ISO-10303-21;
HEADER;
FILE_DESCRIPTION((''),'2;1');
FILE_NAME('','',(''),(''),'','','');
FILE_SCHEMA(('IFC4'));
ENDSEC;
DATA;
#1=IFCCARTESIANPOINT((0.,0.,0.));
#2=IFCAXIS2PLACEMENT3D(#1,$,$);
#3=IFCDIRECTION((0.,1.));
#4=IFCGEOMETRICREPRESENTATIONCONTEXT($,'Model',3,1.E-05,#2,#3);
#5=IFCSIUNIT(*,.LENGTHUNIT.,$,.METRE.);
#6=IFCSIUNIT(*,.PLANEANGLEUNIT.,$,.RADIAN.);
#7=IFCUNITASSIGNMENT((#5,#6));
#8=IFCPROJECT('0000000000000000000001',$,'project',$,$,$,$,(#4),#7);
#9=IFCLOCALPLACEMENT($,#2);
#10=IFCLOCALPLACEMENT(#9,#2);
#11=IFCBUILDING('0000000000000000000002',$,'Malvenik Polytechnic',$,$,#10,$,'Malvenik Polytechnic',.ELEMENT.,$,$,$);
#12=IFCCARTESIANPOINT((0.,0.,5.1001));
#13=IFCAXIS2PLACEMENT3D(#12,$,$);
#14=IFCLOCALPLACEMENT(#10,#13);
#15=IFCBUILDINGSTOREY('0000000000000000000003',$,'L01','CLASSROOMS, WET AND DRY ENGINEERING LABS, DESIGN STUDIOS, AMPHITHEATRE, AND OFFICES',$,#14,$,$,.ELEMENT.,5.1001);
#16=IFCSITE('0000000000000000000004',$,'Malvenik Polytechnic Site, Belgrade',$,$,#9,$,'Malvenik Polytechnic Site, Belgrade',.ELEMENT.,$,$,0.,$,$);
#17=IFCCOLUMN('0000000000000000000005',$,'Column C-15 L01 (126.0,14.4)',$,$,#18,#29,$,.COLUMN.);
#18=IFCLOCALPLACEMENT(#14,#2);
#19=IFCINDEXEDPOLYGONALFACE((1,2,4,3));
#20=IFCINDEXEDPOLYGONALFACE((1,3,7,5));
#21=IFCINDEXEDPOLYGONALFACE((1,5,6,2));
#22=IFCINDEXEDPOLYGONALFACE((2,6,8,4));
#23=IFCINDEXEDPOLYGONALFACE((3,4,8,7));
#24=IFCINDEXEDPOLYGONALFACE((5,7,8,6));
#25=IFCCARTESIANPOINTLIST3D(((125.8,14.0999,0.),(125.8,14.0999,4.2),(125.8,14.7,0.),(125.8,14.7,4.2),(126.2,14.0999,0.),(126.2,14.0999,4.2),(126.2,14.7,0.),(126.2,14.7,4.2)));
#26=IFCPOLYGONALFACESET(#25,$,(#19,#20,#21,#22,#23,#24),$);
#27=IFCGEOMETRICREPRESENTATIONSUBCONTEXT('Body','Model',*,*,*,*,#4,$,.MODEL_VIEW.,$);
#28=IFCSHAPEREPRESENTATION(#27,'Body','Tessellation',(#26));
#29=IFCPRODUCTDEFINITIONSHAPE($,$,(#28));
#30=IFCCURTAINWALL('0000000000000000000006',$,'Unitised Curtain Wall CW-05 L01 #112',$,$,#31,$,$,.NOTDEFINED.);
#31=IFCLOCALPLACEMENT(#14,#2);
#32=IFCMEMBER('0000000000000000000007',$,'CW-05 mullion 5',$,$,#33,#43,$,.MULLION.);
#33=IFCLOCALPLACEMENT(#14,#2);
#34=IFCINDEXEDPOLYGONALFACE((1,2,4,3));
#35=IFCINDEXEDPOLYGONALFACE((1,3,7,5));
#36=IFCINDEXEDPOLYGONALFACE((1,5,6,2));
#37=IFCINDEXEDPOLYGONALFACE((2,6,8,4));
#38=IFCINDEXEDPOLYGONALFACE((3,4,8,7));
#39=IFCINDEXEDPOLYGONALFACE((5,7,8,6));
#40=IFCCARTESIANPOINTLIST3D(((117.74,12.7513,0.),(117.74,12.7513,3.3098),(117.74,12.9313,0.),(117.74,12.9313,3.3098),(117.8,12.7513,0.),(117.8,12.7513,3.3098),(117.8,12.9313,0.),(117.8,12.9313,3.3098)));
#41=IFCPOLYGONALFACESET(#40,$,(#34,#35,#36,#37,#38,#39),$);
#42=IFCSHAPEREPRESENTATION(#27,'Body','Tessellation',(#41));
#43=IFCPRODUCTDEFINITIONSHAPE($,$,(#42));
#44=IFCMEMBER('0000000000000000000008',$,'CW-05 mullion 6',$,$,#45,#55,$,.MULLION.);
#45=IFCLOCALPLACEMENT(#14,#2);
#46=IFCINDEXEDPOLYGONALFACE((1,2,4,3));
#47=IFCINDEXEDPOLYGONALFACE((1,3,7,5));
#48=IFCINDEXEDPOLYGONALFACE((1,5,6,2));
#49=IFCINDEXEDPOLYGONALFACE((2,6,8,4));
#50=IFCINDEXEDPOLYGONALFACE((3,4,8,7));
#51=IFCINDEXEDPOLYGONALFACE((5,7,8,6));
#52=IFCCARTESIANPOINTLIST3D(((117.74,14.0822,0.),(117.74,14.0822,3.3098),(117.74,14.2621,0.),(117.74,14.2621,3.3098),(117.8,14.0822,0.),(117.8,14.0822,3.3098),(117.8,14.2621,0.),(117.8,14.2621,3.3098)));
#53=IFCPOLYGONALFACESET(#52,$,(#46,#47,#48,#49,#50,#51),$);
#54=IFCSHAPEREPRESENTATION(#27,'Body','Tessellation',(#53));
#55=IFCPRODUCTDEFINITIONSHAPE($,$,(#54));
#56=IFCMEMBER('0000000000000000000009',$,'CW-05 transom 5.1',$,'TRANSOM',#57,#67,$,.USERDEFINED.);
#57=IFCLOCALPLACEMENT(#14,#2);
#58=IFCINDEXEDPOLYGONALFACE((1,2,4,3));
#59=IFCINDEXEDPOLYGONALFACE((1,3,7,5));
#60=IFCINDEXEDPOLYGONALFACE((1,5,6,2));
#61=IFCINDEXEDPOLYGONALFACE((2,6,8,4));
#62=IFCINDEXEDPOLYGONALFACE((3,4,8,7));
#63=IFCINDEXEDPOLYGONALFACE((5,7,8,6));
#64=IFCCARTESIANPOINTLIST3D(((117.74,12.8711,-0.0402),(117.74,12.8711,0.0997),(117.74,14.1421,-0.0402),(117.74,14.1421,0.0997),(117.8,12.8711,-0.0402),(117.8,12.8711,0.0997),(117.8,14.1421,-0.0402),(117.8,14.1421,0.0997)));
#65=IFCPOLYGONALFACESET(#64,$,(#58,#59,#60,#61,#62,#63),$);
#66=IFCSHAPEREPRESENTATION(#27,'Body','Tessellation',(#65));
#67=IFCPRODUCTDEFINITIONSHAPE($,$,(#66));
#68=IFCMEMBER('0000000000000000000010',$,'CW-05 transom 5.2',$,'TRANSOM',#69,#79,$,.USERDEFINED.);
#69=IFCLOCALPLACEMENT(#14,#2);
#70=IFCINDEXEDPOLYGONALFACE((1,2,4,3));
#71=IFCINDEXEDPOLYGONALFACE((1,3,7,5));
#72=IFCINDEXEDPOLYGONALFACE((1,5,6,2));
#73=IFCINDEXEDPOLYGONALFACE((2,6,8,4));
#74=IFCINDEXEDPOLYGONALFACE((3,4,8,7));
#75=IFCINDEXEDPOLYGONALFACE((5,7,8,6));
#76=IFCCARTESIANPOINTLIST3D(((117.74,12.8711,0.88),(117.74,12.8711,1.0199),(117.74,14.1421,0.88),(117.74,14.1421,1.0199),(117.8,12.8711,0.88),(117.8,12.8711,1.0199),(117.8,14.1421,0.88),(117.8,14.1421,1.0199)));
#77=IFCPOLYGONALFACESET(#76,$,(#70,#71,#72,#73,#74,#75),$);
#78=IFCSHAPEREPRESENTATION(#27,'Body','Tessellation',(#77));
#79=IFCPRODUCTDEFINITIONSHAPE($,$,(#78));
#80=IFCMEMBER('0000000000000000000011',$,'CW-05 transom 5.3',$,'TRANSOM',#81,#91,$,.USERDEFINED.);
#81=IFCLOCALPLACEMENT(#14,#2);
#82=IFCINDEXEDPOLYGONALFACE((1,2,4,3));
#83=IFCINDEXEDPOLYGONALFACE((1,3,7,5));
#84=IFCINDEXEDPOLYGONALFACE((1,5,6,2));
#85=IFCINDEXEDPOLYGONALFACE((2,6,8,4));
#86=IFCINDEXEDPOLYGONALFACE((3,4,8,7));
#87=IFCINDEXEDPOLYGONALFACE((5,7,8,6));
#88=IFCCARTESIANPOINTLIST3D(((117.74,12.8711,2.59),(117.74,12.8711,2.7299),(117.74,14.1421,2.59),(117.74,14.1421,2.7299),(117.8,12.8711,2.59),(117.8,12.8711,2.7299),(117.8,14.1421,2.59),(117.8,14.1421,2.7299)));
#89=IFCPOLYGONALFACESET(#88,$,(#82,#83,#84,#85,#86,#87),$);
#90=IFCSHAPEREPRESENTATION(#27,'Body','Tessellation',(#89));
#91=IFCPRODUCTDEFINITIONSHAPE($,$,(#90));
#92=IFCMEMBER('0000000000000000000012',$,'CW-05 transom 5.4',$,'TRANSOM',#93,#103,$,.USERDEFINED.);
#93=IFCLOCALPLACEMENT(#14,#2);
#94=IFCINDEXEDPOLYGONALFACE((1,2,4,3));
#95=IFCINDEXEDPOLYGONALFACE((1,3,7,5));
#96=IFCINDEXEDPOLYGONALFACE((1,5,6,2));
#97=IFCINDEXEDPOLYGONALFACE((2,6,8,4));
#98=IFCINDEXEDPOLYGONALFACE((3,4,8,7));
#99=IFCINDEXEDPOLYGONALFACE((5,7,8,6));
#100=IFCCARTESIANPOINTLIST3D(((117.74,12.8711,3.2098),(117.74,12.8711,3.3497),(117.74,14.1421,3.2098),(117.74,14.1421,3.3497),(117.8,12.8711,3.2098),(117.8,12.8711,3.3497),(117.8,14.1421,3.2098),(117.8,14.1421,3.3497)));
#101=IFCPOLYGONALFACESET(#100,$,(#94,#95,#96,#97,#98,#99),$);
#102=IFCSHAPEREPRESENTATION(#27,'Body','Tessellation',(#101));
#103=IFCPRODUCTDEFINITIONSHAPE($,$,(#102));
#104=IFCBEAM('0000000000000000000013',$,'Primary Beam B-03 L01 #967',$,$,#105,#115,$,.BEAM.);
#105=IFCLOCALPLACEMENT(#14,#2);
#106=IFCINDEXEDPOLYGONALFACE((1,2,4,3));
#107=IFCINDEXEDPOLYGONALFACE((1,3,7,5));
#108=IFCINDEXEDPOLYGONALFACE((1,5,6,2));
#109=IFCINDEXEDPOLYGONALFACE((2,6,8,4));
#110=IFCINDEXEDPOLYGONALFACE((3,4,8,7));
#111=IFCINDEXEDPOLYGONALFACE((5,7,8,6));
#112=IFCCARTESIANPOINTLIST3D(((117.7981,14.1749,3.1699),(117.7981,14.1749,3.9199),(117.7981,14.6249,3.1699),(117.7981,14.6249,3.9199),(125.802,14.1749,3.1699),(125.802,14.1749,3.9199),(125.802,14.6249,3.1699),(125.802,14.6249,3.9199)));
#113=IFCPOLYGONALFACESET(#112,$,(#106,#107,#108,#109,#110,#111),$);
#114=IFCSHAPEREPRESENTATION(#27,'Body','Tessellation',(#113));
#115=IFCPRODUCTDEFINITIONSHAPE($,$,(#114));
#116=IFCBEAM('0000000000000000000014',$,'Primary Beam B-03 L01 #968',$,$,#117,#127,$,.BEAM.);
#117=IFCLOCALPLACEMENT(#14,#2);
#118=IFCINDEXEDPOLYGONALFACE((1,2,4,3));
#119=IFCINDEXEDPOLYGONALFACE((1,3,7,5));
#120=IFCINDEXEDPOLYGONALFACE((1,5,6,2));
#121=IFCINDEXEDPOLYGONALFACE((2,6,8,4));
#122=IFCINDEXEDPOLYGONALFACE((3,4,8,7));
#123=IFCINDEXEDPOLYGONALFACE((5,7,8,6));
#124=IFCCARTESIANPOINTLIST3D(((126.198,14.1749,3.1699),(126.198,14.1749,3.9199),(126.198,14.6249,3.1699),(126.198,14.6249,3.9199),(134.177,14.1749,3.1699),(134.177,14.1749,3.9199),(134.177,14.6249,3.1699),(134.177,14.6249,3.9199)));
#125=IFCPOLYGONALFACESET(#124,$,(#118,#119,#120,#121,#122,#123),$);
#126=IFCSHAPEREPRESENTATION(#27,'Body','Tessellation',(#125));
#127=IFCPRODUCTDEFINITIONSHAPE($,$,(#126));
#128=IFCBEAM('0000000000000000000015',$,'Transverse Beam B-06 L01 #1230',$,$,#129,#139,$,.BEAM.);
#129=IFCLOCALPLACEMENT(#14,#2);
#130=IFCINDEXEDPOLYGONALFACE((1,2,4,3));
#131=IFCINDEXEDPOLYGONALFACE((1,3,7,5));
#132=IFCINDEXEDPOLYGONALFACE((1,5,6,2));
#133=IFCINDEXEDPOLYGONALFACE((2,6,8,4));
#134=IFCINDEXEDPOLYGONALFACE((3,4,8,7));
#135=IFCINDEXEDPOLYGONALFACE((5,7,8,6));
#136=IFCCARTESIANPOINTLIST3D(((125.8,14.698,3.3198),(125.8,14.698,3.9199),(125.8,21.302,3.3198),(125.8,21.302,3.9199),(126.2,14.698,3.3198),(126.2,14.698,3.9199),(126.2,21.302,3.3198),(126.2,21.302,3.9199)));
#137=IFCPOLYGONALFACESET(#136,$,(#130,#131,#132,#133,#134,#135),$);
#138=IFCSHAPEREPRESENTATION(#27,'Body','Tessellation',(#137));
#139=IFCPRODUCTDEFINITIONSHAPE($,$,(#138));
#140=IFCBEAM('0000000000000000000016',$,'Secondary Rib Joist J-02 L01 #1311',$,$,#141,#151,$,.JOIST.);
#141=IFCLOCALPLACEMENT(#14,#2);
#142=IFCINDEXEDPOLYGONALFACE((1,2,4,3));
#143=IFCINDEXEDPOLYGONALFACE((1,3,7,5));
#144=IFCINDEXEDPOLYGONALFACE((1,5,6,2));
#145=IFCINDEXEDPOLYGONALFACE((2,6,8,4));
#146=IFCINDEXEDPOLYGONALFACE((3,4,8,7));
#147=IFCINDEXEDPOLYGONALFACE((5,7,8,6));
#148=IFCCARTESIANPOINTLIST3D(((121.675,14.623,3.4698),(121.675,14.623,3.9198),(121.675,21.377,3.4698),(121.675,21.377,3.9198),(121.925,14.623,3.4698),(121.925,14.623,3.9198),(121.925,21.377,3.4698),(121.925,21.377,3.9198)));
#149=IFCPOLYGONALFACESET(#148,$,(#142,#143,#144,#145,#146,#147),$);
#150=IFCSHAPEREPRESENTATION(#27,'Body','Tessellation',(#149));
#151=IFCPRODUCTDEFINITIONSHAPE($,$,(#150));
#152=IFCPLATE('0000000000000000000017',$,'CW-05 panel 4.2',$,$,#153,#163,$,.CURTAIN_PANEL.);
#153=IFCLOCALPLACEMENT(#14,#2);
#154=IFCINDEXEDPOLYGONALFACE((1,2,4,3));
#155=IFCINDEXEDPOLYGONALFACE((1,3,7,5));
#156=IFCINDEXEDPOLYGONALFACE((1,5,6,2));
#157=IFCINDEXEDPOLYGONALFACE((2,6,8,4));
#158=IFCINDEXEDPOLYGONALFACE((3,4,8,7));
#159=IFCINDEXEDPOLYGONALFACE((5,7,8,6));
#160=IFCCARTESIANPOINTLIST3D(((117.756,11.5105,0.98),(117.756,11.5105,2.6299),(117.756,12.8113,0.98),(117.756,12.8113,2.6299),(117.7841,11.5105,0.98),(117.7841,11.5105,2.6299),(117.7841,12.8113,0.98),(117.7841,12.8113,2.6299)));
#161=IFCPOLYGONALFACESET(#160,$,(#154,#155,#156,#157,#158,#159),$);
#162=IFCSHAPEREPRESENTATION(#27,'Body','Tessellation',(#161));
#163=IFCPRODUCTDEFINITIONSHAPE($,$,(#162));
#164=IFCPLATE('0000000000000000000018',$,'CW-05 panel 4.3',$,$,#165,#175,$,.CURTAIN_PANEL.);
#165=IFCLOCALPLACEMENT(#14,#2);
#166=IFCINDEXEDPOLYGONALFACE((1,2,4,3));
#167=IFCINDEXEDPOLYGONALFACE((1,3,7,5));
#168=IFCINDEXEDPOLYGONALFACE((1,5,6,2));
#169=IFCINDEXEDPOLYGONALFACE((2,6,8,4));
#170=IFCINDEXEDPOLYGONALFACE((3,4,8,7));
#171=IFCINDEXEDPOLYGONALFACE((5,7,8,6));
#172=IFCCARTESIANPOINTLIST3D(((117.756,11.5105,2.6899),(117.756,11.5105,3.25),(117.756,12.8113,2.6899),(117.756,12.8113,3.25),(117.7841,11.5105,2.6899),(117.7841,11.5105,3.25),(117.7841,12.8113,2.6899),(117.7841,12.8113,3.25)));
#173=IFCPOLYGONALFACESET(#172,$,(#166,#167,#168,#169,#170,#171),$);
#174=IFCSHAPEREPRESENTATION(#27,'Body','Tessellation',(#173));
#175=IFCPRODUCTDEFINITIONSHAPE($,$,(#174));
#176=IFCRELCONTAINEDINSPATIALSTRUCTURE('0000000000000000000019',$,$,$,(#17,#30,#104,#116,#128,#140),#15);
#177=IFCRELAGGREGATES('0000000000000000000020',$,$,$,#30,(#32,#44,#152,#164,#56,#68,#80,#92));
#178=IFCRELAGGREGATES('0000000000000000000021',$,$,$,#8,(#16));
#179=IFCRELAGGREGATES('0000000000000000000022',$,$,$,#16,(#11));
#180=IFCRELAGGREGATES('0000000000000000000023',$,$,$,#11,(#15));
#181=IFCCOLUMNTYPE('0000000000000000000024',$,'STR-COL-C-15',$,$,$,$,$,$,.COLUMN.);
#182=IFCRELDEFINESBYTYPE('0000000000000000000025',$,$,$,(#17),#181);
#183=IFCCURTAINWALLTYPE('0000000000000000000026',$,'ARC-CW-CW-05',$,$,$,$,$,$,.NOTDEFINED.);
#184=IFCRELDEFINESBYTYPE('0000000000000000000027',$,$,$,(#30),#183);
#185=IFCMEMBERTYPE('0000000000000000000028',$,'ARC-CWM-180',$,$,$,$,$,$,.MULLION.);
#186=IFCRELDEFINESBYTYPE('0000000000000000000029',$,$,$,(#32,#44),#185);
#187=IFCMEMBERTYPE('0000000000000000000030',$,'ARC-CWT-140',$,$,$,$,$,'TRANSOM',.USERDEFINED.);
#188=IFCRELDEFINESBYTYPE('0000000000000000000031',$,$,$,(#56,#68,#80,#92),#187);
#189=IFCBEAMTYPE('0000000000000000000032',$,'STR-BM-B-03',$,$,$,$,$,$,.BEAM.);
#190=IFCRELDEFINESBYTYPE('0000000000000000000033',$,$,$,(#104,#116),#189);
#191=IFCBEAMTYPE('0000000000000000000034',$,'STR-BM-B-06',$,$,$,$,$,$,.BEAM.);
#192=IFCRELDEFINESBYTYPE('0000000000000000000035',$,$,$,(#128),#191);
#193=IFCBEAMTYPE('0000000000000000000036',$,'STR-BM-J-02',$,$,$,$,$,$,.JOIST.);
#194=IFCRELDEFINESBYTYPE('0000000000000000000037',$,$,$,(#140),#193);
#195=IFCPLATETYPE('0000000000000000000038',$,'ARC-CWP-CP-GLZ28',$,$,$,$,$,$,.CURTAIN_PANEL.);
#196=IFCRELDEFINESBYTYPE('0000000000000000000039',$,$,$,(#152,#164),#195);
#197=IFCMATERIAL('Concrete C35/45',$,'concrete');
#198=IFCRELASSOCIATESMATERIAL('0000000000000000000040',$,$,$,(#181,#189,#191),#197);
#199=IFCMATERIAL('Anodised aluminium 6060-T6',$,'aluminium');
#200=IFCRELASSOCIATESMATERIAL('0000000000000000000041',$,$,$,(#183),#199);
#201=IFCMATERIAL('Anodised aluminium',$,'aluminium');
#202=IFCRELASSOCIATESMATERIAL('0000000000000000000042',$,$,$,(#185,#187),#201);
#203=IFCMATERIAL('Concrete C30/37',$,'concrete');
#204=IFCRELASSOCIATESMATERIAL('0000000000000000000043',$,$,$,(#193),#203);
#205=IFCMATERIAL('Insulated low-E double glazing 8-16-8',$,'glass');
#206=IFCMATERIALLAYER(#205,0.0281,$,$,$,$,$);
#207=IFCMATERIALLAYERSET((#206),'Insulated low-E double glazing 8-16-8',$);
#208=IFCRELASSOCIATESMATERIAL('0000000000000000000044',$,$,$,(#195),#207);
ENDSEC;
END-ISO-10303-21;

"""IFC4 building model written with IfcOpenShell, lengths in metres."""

from ifc_helpers import new_model, si_unit, direction, frame, origin, origin_2d, place, context, subcontext, project, spatial, rectangle, extrude, material, layer, layer_set, material_profile, profile_set, type_object, element, aggregate, save


model = new_model("IFC4")

# Units and contexts
model_context = context("Model", 3, precision=1e-05, world=origin(), true_north=direction((0.0, 1.0)))
body_context = subcontext(model_context, "Body", "Model", "MODEL_VIEW")
ifc_project = project(units=[si_unit("LENGTHUNIT", "METRE"), si_unit("PLANEANGLEUNIT", "RADIAN")], contexts=[model_context])

# Site, building, storey
site_placement = place(None, origin())
site = spatial("IfcSite", under=ifc_project, at=site_placement, Name="Malvenik Polytechnic Site, Belgrade", LongName="Malvenik Polytechnic Site, Belgrade", CompositionType="ELEMENT", RefElevation=0.0)
building_placement = place(site_placement, origin())
building = spatial("IfcBuilding", under=site, at=building_placement, Name="Malvenik Polytechnic", LongName="Malvenik Polytechnic", CompositionType="ELEMENT")
storey_placement = place(building_placement, frame((0.0, 0.0, 5.1001)))
storey = spatial("IfcBuildingStorey", under=building, at=storey_placement, Name="L01", Description="CLASSROOMS, WET AND DRY ENGINEERING LABS, DESIGN STUDIOS, AMPHITHEATRE, AND OFFICES", CompositionType="ELEMENT", Elevation=5.1001)

# Column
ifc_material_1 = material(Name="Concrete C35/45", Category="concrete")
ifc_material_profile_1 = material_profile(ifc_material_1, rectangle(XDim=0.3999, YDim=0.6001, at=origin_2d()), Name="RC COL 600x400")
ifc_profile_set_1 = profile_set([ifc_material_profile_1], Name="Concrete C35/45")
column_type = type_object("IfcColumnType", Name="STR-COL-C-15", PredefinedType="COLUMN", material=ifc_profile_set_1)
column_placement = place(storey_placement, frame((126.0, 14.3999, 0.0), z_axis=(0.0, 0.0, 1.0), x_axis=(1.0, 0.0, 0.0)))
element("IfcColumn", 1, at=column_placement, inside=storey, type_object=column_type, Name="Column C-15 L01 (126.0,14.4)", PredefinedType="COLUMN", context=body_context, shape_type="SweptSolid", body=[
    extrude(rectangle(XDim=0.3999, YDim=0.6001, at=origin_2d()), origin(), (0.0, 0.0, 1.0), 4.2),
])

# Curtain wall, members
ifc_material_2 = material(Name="Anodised aluminium 6060-T6", Category="aluminium")
curtain_wall_type = type_object("IfcCurtainWallType", Name="ARC-CW-CW-05", PredefinedType="NOTDEFINED", material=ifc_material_2)
curtain_wall_placement = place(storey_placement, origin())
curtain_wall = element("IfcCurtainWall", 2, at=curtain_wall_placement, inside=storey, type_object=curtain_wall_type, Name="Unitised Curtain Wall CW-05 L01 #112", PredefinedType="NOTDEFINED")
ifc_material_3 = material(Name="Anodised aluminium", Category="aluminium")
ifc_material_profile_2 = material_profile(ifc_material_3, rectangle(XDim=0.0601, YDim=0.1799, at=origin_2d()), Name="ALU MULLION 60x180")
ifc_profile_set_2 = profile_set([ifc_material_profile_2], Name="Anodised aluminium")
member_type_1 = type_object("IfcMemberType", Name="ARC-CWM-180", PredefinedType="MULLION", material=ifc_profile_set_2)
member_1_placement = place(storey_placement, frame((117.77, 12.8413, 0.0), z_axis=(0.0, 0.0, 1.0), x_axis=(-1.0, 0.0, 0.0)))
member_1 = element("IfcMember", 3, at=member_1_placement, type_object=member_type_1, Name="CW-05 mullion 5", PredefinedType="MULLION", context=body_context, shape_type="SweptSolid", body=[
    extrude(rectangle(XDim=0.0601, YDim=0.1799, at=origin_2d()), origin(), (0.0, 0.0, 1.0), 3.3098),
])
member_2_placement = place(storey_placement, frame((117.77, 14.1721, 0.0), z_axis=(0.0, 0.0, 1.0), x_axis=(-1.0, 0.0, 0.0)))
member_2 = element("IfcMember", 4, at=member_2_placement, type_object=member_type_1, Name="CW-05 mullion 6", PredefinedType="MULLION", context=body_context, shape_type="SweptSolid", body=[
    extrude(rectangle(XDim=0.0601, YDim=0.1799, at=origin_2d()), origin(), (0.0, 0.0, 1.0), 3.3098),
])
ifc_material_profile_3 = material_profile(ifc_material_3, rectangle(XDim=0.0601, YDim=0.1399, at=origin_2d()), Name="ALU TRANSOM 60x140")
ifc_profile_set_3 = profile_set([ifc_material_profile_3], Name="Anodised aluminium")
member_type_2 = type_object("IfcMemberType", Name="ARC-CWT-140", ElementType="TRANSOM", PredefinedType="USERDEFINED", material=ifc_profile_set_3)
member_3_placement = place(storey_placement, frame((117.77, 12.8711, 0.0298), z_axis=(0.0, 1.0, 0.0), x_axis=(-1.0, 0.0, 0.0)))
member_3 = element("IfcMember", 5, at=member_3_placement, type_object=member_type_2, Name="CW-05 transom 5.1", ObjectType="TRANSOM", PredefinedType="USERDEFINED", context=body_context, shape_type="SweptSolid", body=[
    extrude(rectangle(XDim=0.0601, YDim=0.1399, at=origin_2d()), origin(), (0.0, 0.0, 1.0), 1.271),
])
member_4_placement = place(storey_placement, frame((117.77, 12.8711, 0.95), z_axis=(0.0, 1.0, 0.0), x_axis=(-1.0, 0.0, 0.0)))
member_4 = element("IfcMember", 6, at=member_4_placement, type_object=member_type_2, Name="CW-05 transom 5.2", ObjectType="TRANSOM", PredefinedType="USERDEFINED", context=body_context, shape_type="SweptSolid", body=[
    extrude(rectangle(XDim=0.0601, YDim=0.1399, at=origin_2d()), origin(), (0.0, 0.0, 1.0), 1.271),
])
member_5_placement = place(storey_placement, frame((117.77, 12.8711, 2.6599), z_axis=(0.0, 1.0, 0.0), x_axis=(-1.0, 0.0, 0.0)))
member_5 = element("IfcMember", 7, at=member_5_placement, type_object=member_type_2, Name="CW-05 transom 5.3", ObjectType="TRANSOM", PredefinedType="USERDEFINED", context=body_context, shape_type="SweptSolid", body=[
    extrude(rectangle(XDim=0.0601, YDim=0.1399, at=origin_2d()), origin(), (0.0, 0.0, 1.0), 1.271),
])
member_6_placement = place(storey_placement, frame((117.77, 12.8711, 3.2798), z_axis=(0.0, 1.0, 0.0), x_axis=(-1.0, 0.0, 0.0)))
member_6 = element("IfcMember", 8, at=member_6_placement, type_object=member_type_2, Name="CW-05 transom 5.4", ObjectType="TRANSOM", PredefinedType="USERDEFINED", context=body_context, shape_type="SweptSolid", body=[
    extrude(rectangle(XDim=0.0601, YDim=0.1399, at=origin_2d()), origin(), (0.0, 0.0, 1.0), 1.271),
])

# Beams
ifc_material_profile_4 = material_profile(ifc_material_1, rectangle(XDim=0.45, YDim=0.75, at=origin_2d()), Name="RC BM 450x750")
ifc_profile_set_4 = profile_set([ifc_material_profile_4], Name="Concrete C35/45")
beam_type_1 = type_object("IfcBeamType", Name="STR-BM-B-03", PredefinedType="BEAM", material=ifc_profile_set_4)
beam_1_placement = place(storey_placement, frame((117.7981, 14.3999, 3.5449), z_axis=(1.0, 0.0, 0.0), x_axis=(0.0, 1.0, 0.0)))
element("IfcBeam", 9, at=beam_1_placement, inside=storey, type_object=beam_type_1, Name="Primary Beam B-03 L01 #967", PredefinedType="BEAM", context=body_context, shape_type="SweptSolid", body=[
    extrude(rectangle(XDim=0.45, YDim=0.75, at=origin_2d()), origin(), (0.0, 0.0, 1.0), 8.0039),
])
beam_2_placement = place(storey_placement, frame((126.198, 14.3999, 3.5449), z_axis=(1.0, 0.0, 0.0), x_axis=(0.0, 1.0, 0.0)))
element("IfcBeam", 10, at=beam_2_placement, inside=storey, type_object=beam_type_1, Name="Primary Beam B-03 L01 #968", PredefinedType="BEAM", context=body_context, shape_type="SweptSolid", body=[
    extrude(rectangle(XDim=0.45, YDim=0.75, at=origin_2d()), origin(), (0.0, 0.0, 1.0), 7.979),
])
ifc_material_profile_5 = material_profile(ifc_material_1, rectangle(XDim=0.3999, YDim=0.6001, at=origin_2d()), Name="RC BM 400x600")
ifc_profile_set_5 = profile_set([ifc_material_profile_5], Name="Concrete C35/45")
beam_type_2 = type_object("IfcBeamType", Name="STR-BM-B-06", PredefinedType="BEAM", material=ifc_profile_set_5)
beam_3_placement = place(storey_placement, frame((126.0, 14.698, 3.6199), z_axis=(0.0, 1.0, 0.0), x_axis=(-1.0, 0.0, 0.0)))
element("IfcBeam", 11, at=beam_3_placement, inside=storey, type_object=beam_type_2, Name="Transverse Beam B-06 L01 #1230", PredefinedType="BEAM", context=body_context, shape_type="SweptSolid", body=[
    extrude(rectangle(XDim=0.3999, YDim=0.6001, at=origin_2d()), origin(), (0.0, 0.0, 1.0), 6.604),
])
ifc_material_4 = material(Name="Concrete C30/37", Category="concrete")
ifc_material_profile_6 = material_profile(ifc_material_4, rectangle(XDim=0.25, YDim=0.45, at=origin_2d()), Name="RC JST 250x450")
ifc_profile_set_6 = profile_set([ifc_material_profile_6], Name="Concrete C30/37")
beam_type_3 = type_object("IfcBeamType", Name="STR-BM-J-02", PredefinedType="JOIST", material=ifc_profile_set_6)
beam_4_placement = place(storey_placement, frame((121.8, 14.623, 3.6948), z_axis=(0.0, 1.0, 0.0), x_axis=(-1.0, 0.0, 0.0)))
element("IfcBeam", 12, at=beam_4_placement, inside=storey, type_object=beam_type_3, Name="Secondary Rib Joist J-02 L01 #1311", PredefinedType="JOIST", context=body_context, shape_type="SweptSolid", body=[
    extrude(rectangle(XDim=0.25, YDim=0.45, at=origin_2d()), origin(), (0.0, 0.0, 1.0), 6.7539),
])

# Plates
ifc_material_5 = material(Name="Insulated low-E double glazing 8-16-8", Category="glass")
ifc_layer_1 = layer(ifc_material_5, 0.0281)
ifc_layer_set_1 = layer_set([ifc_layer_1], Name="Insulated low-E double glazing 8-16-8")
plate_type_1 = type_object("IfcPlateType", Name="ARC-CWP-CP-GLZ28", PredefinedType="CURTAIN_PANEL", material=ifc_layer_set_1)
plate_1_placement = place(storey_placement, frame((117.77, 12.1609, 0.98), z_axis=(0.0, 0.0, 1.0), x_axis=(0.0, 1.0, 0.0)))
plate_1 = element("IfcPlate", 13, at=plate_1_placement, type_object=plate_type_1, Name="CW-05 panel 4.2", PredefinedType="CURTAIN_PANEL", context=body_context, shape_type="SweptSolid", body=[
    extrude(rectangle(XDim=1.3008, YDim=0.0281, at=origin_2d()), origin(), (0.0, 0.0, 1.0), 1.6499),
])
plate_2_placement = place(storey_placement, frame((117.77, 12.1609, 2.6899), z_axis=(0.0, 0.0, 1.0), x_axis=(0.0, 1.0, 0.0)))
plate_2 = element("IfcPlate", 14, at=plate_2_placement, type_object=plate_type_1, Name="CW-05 panel 4.3", PredefinedType="CURTAIN_PANEL", context=body_context, shape_type="SweptSolid", body=[
    extrude(rectangle(XDim=1.3008, YDim=0.0281, at=origin_2d()), origin(), (0.0, 0.0, 1.0), 0.5601),
])
aggregate(curtain_wall, [member_1, member_2, plate_1, plate_2, member_3, member_4, member_5, member_6])

save(model, "model.ifc")
